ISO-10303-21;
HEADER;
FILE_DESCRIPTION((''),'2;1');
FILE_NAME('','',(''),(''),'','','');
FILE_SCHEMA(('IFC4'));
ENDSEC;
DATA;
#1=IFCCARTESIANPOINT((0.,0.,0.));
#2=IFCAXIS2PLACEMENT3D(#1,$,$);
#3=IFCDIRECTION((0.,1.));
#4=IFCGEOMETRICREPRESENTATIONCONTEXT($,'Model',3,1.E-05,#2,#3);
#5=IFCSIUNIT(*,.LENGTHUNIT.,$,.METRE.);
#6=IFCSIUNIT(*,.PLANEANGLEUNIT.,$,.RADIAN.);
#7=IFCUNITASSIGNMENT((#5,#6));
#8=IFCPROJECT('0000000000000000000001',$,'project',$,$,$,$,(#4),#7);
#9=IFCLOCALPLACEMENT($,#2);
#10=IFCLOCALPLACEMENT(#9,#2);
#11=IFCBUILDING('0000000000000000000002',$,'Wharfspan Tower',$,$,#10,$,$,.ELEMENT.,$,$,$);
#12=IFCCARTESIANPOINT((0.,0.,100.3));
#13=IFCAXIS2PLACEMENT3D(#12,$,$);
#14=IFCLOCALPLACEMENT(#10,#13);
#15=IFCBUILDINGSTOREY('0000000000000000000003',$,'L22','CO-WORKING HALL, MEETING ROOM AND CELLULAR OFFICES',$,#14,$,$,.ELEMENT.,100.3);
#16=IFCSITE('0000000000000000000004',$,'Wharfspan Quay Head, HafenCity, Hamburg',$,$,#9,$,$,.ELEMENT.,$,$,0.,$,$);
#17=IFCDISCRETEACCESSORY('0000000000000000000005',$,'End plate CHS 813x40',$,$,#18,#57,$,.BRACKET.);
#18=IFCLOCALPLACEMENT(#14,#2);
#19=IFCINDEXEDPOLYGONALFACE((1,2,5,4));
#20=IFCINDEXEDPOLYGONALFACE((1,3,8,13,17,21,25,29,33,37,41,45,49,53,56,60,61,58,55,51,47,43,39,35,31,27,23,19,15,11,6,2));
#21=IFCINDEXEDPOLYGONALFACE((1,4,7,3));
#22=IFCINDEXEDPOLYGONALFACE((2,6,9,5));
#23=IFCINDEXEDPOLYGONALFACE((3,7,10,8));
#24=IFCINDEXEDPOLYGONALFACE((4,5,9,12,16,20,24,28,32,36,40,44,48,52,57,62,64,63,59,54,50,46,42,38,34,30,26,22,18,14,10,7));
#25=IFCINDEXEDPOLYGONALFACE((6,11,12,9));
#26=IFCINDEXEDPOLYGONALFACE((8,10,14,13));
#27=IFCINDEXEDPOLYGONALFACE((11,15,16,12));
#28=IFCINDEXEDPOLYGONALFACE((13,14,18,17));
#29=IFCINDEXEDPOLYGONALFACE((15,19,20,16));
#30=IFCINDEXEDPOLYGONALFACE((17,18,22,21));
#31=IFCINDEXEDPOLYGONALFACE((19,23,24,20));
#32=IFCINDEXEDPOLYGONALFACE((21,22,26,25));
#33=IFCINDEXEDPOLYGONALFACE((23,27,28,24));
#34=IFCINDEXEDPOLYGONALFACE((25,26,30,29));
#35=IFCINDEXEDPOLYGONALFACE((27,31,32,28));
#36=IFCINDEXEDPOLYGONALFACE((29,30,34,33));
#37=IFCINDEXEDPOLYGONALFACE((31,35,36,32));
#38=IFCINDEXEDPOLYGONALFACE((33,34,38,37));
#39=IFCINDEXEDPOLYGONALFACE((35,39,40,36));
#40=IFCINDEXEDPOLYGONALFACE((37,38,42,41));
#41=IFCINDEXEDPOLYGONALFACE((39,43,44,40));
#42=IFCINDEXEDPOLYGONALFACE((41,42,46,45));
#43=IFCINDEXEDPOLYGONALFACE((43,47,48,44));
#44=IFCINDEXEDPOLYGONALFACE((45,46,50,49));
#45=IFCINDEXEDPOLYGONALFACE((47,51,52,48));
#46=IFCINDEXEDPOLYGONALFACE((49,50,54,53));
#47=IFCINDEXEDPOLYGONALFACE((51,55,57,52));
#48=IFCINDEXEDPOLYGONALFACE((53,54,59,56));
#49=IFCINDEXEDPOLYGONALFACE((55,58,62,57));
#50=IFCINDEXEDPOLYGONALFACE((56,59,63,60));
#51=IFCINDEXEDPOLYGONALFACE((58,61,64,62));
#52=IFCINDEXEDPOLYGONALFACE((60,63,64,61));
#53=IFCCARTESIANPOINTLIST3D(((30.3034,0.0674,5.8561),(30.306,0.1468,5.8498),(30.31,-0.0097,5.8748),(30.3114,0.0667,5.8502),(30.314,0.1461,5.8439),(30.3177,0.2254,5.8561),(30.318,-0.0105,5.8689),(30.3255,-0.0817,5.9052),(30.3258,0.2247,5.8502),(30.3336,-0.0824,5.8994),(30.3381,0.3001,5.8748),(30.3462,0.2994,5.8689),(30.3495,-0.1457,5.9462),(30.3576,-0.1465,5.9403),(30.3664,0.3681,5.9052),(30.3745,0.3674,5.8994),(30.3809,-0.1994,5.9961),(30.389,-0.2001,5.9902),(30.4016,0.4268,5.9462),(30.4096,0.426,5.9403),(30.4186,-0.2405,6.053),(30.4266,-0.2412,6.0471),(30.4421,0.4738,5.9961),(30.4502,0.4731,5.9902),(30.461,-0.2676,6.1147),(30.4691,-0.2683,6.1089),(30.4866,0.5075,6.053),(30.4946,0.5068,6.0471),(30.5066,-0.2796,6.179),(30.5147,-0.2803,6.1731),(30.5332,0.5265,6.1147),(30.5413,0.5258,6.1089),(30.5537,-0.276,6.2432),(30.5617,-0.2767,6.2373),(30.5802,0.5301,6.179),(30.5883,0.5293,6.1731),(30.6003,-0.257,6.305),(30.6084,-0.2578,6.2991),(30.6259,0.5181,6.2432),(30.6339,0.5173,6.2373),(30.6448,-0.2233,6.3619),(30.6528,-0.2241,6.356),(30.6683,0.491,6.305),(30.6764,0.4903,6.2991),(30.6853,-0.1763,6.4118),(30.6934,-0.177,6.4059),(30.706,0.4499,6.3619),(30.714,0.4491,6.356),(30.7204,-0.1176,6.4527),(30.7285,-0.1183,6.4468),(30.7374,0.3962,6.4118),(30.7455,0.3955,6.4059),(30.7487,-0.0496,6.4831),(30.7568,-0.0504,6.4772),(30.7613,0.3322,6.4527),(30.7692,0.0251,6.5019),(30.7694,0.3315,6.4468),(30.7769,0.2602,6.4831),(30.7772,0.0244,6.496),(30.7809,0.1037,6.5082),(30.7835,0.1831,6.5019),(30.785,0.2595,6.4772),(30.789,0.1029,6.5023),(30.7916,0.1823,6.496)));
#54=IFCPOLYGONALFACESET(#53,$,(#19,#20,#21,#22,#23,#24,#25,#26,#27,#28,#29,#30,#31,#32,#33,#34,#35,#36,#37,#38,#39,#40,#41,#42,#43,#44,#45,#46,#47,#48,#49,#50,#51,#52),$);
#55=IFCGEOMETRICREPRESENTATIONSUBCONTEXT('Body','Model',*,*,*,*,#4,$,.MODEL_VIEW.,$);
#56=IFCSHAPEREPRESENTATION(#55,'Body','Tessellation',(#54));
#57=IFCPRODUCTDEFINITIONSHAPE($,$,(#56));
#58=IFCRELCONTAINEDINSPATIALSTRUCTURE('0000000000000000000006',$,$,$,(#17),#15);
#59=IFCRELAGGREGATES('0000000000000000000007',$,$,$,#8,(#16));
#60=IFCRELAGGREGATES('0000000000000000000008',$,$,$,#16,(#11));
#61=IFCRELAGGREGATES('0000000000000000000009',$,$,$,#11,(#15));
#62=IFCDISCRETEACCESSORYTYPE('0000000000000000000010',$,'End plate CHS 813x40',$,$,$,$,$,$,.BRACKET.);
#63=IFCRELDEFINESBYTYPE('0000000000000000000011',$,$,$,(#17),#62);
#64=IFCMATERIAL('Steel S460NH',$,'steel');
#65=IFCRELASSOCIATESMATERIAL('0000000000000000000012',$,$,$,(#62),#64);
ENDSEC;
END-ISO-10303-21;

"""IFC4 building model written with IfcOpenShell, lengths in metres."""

from ifc_helpers import new_model, si_unit, direction, frame, origin, origin_2d, place, context, subcontext, project, spatial, circle, extrude, material, material_profile, profile_set, type_object, element, save


model = new_model("IFC4")

# Units and contexts
model_context = context("Model", 3, precision=1e-05, world=origin(), true_north=direction((0.0, 1.0)))
body_context = subcontext(model_context, "Body", "Model", "MODEL_VIEW")
ifc_project = project(units=[si_unit("LENGTHUNIT", "METRE"), si_unit("PLANEANGLEUNIT", "RADIAN")], contexts=[model_context])

# Site, building, storey
site_placement = place(None, origin())
site = spatial("IfcSite", under=ifc_project, at=site_placement, Name="Wharfspan Quay Head, HafenCity, Hamburg", CompositionType="ELEMENT", RefElevation=0.0)
building_placement = place(site_placement, origin())
building = spatial("IfcBuilding", under=site, at=building_placement, Name="Wharfspan Tower", CompositionType="ELEMENT")
storey_placement = place(building_placement, frame((0.0, 0.0, 100.3)))
storey = spatial("IfcBuildingStorey", under=building, at=storey_placement, Name="L22", Description="CO-WORKING HALL, MEETING ROOM AND CELLULAR OFFICES", CompositionType="ELEMENT", Elevation=100.3)

# Shared definitions
ifc_material_1 = material(Name="Steel S460NH", Category="steel")

# Discrete accessory
ifc_material_profile_1 = material_profile(ifc_material_1, circle(Radius=0.4065, at=origin_2d()))
ifc_profile_set_1 = profile_set([ifc_material_profile_1], Name="Steel S460NH")
discrete_accessory_type = type_object("IfcDiscreteAccessoryType", Name="End plate CHS 813x40", PredefinedType="BRACKET", material=ifc_profile_set_1)
for number, where, z_axis, x_axis, name in (
    (1, (30.5515, 0.1245, 6.1731), (-0.806559, 0.073324, 0.586588), (-0.090536, -0.99589, 0.0), "End plate CHS 813x40"),
):
    element("IfcDiscreteAccessory", number, at=place(storey_placement, frame(where, z_axis=z_axis, x_axis=x_axis)), inside=storey, type_object=discrete_accessory_type, Name=name, PredefinedType="BRACKET", context=body_context, shape_type="SweptSolid", body=[
        extrude(circle(Radius=0.4065, at=origin_2d()), origin(), (0.0, 0.0, 1.0), 0.01),
    ])

save(model, "model.ifc")
